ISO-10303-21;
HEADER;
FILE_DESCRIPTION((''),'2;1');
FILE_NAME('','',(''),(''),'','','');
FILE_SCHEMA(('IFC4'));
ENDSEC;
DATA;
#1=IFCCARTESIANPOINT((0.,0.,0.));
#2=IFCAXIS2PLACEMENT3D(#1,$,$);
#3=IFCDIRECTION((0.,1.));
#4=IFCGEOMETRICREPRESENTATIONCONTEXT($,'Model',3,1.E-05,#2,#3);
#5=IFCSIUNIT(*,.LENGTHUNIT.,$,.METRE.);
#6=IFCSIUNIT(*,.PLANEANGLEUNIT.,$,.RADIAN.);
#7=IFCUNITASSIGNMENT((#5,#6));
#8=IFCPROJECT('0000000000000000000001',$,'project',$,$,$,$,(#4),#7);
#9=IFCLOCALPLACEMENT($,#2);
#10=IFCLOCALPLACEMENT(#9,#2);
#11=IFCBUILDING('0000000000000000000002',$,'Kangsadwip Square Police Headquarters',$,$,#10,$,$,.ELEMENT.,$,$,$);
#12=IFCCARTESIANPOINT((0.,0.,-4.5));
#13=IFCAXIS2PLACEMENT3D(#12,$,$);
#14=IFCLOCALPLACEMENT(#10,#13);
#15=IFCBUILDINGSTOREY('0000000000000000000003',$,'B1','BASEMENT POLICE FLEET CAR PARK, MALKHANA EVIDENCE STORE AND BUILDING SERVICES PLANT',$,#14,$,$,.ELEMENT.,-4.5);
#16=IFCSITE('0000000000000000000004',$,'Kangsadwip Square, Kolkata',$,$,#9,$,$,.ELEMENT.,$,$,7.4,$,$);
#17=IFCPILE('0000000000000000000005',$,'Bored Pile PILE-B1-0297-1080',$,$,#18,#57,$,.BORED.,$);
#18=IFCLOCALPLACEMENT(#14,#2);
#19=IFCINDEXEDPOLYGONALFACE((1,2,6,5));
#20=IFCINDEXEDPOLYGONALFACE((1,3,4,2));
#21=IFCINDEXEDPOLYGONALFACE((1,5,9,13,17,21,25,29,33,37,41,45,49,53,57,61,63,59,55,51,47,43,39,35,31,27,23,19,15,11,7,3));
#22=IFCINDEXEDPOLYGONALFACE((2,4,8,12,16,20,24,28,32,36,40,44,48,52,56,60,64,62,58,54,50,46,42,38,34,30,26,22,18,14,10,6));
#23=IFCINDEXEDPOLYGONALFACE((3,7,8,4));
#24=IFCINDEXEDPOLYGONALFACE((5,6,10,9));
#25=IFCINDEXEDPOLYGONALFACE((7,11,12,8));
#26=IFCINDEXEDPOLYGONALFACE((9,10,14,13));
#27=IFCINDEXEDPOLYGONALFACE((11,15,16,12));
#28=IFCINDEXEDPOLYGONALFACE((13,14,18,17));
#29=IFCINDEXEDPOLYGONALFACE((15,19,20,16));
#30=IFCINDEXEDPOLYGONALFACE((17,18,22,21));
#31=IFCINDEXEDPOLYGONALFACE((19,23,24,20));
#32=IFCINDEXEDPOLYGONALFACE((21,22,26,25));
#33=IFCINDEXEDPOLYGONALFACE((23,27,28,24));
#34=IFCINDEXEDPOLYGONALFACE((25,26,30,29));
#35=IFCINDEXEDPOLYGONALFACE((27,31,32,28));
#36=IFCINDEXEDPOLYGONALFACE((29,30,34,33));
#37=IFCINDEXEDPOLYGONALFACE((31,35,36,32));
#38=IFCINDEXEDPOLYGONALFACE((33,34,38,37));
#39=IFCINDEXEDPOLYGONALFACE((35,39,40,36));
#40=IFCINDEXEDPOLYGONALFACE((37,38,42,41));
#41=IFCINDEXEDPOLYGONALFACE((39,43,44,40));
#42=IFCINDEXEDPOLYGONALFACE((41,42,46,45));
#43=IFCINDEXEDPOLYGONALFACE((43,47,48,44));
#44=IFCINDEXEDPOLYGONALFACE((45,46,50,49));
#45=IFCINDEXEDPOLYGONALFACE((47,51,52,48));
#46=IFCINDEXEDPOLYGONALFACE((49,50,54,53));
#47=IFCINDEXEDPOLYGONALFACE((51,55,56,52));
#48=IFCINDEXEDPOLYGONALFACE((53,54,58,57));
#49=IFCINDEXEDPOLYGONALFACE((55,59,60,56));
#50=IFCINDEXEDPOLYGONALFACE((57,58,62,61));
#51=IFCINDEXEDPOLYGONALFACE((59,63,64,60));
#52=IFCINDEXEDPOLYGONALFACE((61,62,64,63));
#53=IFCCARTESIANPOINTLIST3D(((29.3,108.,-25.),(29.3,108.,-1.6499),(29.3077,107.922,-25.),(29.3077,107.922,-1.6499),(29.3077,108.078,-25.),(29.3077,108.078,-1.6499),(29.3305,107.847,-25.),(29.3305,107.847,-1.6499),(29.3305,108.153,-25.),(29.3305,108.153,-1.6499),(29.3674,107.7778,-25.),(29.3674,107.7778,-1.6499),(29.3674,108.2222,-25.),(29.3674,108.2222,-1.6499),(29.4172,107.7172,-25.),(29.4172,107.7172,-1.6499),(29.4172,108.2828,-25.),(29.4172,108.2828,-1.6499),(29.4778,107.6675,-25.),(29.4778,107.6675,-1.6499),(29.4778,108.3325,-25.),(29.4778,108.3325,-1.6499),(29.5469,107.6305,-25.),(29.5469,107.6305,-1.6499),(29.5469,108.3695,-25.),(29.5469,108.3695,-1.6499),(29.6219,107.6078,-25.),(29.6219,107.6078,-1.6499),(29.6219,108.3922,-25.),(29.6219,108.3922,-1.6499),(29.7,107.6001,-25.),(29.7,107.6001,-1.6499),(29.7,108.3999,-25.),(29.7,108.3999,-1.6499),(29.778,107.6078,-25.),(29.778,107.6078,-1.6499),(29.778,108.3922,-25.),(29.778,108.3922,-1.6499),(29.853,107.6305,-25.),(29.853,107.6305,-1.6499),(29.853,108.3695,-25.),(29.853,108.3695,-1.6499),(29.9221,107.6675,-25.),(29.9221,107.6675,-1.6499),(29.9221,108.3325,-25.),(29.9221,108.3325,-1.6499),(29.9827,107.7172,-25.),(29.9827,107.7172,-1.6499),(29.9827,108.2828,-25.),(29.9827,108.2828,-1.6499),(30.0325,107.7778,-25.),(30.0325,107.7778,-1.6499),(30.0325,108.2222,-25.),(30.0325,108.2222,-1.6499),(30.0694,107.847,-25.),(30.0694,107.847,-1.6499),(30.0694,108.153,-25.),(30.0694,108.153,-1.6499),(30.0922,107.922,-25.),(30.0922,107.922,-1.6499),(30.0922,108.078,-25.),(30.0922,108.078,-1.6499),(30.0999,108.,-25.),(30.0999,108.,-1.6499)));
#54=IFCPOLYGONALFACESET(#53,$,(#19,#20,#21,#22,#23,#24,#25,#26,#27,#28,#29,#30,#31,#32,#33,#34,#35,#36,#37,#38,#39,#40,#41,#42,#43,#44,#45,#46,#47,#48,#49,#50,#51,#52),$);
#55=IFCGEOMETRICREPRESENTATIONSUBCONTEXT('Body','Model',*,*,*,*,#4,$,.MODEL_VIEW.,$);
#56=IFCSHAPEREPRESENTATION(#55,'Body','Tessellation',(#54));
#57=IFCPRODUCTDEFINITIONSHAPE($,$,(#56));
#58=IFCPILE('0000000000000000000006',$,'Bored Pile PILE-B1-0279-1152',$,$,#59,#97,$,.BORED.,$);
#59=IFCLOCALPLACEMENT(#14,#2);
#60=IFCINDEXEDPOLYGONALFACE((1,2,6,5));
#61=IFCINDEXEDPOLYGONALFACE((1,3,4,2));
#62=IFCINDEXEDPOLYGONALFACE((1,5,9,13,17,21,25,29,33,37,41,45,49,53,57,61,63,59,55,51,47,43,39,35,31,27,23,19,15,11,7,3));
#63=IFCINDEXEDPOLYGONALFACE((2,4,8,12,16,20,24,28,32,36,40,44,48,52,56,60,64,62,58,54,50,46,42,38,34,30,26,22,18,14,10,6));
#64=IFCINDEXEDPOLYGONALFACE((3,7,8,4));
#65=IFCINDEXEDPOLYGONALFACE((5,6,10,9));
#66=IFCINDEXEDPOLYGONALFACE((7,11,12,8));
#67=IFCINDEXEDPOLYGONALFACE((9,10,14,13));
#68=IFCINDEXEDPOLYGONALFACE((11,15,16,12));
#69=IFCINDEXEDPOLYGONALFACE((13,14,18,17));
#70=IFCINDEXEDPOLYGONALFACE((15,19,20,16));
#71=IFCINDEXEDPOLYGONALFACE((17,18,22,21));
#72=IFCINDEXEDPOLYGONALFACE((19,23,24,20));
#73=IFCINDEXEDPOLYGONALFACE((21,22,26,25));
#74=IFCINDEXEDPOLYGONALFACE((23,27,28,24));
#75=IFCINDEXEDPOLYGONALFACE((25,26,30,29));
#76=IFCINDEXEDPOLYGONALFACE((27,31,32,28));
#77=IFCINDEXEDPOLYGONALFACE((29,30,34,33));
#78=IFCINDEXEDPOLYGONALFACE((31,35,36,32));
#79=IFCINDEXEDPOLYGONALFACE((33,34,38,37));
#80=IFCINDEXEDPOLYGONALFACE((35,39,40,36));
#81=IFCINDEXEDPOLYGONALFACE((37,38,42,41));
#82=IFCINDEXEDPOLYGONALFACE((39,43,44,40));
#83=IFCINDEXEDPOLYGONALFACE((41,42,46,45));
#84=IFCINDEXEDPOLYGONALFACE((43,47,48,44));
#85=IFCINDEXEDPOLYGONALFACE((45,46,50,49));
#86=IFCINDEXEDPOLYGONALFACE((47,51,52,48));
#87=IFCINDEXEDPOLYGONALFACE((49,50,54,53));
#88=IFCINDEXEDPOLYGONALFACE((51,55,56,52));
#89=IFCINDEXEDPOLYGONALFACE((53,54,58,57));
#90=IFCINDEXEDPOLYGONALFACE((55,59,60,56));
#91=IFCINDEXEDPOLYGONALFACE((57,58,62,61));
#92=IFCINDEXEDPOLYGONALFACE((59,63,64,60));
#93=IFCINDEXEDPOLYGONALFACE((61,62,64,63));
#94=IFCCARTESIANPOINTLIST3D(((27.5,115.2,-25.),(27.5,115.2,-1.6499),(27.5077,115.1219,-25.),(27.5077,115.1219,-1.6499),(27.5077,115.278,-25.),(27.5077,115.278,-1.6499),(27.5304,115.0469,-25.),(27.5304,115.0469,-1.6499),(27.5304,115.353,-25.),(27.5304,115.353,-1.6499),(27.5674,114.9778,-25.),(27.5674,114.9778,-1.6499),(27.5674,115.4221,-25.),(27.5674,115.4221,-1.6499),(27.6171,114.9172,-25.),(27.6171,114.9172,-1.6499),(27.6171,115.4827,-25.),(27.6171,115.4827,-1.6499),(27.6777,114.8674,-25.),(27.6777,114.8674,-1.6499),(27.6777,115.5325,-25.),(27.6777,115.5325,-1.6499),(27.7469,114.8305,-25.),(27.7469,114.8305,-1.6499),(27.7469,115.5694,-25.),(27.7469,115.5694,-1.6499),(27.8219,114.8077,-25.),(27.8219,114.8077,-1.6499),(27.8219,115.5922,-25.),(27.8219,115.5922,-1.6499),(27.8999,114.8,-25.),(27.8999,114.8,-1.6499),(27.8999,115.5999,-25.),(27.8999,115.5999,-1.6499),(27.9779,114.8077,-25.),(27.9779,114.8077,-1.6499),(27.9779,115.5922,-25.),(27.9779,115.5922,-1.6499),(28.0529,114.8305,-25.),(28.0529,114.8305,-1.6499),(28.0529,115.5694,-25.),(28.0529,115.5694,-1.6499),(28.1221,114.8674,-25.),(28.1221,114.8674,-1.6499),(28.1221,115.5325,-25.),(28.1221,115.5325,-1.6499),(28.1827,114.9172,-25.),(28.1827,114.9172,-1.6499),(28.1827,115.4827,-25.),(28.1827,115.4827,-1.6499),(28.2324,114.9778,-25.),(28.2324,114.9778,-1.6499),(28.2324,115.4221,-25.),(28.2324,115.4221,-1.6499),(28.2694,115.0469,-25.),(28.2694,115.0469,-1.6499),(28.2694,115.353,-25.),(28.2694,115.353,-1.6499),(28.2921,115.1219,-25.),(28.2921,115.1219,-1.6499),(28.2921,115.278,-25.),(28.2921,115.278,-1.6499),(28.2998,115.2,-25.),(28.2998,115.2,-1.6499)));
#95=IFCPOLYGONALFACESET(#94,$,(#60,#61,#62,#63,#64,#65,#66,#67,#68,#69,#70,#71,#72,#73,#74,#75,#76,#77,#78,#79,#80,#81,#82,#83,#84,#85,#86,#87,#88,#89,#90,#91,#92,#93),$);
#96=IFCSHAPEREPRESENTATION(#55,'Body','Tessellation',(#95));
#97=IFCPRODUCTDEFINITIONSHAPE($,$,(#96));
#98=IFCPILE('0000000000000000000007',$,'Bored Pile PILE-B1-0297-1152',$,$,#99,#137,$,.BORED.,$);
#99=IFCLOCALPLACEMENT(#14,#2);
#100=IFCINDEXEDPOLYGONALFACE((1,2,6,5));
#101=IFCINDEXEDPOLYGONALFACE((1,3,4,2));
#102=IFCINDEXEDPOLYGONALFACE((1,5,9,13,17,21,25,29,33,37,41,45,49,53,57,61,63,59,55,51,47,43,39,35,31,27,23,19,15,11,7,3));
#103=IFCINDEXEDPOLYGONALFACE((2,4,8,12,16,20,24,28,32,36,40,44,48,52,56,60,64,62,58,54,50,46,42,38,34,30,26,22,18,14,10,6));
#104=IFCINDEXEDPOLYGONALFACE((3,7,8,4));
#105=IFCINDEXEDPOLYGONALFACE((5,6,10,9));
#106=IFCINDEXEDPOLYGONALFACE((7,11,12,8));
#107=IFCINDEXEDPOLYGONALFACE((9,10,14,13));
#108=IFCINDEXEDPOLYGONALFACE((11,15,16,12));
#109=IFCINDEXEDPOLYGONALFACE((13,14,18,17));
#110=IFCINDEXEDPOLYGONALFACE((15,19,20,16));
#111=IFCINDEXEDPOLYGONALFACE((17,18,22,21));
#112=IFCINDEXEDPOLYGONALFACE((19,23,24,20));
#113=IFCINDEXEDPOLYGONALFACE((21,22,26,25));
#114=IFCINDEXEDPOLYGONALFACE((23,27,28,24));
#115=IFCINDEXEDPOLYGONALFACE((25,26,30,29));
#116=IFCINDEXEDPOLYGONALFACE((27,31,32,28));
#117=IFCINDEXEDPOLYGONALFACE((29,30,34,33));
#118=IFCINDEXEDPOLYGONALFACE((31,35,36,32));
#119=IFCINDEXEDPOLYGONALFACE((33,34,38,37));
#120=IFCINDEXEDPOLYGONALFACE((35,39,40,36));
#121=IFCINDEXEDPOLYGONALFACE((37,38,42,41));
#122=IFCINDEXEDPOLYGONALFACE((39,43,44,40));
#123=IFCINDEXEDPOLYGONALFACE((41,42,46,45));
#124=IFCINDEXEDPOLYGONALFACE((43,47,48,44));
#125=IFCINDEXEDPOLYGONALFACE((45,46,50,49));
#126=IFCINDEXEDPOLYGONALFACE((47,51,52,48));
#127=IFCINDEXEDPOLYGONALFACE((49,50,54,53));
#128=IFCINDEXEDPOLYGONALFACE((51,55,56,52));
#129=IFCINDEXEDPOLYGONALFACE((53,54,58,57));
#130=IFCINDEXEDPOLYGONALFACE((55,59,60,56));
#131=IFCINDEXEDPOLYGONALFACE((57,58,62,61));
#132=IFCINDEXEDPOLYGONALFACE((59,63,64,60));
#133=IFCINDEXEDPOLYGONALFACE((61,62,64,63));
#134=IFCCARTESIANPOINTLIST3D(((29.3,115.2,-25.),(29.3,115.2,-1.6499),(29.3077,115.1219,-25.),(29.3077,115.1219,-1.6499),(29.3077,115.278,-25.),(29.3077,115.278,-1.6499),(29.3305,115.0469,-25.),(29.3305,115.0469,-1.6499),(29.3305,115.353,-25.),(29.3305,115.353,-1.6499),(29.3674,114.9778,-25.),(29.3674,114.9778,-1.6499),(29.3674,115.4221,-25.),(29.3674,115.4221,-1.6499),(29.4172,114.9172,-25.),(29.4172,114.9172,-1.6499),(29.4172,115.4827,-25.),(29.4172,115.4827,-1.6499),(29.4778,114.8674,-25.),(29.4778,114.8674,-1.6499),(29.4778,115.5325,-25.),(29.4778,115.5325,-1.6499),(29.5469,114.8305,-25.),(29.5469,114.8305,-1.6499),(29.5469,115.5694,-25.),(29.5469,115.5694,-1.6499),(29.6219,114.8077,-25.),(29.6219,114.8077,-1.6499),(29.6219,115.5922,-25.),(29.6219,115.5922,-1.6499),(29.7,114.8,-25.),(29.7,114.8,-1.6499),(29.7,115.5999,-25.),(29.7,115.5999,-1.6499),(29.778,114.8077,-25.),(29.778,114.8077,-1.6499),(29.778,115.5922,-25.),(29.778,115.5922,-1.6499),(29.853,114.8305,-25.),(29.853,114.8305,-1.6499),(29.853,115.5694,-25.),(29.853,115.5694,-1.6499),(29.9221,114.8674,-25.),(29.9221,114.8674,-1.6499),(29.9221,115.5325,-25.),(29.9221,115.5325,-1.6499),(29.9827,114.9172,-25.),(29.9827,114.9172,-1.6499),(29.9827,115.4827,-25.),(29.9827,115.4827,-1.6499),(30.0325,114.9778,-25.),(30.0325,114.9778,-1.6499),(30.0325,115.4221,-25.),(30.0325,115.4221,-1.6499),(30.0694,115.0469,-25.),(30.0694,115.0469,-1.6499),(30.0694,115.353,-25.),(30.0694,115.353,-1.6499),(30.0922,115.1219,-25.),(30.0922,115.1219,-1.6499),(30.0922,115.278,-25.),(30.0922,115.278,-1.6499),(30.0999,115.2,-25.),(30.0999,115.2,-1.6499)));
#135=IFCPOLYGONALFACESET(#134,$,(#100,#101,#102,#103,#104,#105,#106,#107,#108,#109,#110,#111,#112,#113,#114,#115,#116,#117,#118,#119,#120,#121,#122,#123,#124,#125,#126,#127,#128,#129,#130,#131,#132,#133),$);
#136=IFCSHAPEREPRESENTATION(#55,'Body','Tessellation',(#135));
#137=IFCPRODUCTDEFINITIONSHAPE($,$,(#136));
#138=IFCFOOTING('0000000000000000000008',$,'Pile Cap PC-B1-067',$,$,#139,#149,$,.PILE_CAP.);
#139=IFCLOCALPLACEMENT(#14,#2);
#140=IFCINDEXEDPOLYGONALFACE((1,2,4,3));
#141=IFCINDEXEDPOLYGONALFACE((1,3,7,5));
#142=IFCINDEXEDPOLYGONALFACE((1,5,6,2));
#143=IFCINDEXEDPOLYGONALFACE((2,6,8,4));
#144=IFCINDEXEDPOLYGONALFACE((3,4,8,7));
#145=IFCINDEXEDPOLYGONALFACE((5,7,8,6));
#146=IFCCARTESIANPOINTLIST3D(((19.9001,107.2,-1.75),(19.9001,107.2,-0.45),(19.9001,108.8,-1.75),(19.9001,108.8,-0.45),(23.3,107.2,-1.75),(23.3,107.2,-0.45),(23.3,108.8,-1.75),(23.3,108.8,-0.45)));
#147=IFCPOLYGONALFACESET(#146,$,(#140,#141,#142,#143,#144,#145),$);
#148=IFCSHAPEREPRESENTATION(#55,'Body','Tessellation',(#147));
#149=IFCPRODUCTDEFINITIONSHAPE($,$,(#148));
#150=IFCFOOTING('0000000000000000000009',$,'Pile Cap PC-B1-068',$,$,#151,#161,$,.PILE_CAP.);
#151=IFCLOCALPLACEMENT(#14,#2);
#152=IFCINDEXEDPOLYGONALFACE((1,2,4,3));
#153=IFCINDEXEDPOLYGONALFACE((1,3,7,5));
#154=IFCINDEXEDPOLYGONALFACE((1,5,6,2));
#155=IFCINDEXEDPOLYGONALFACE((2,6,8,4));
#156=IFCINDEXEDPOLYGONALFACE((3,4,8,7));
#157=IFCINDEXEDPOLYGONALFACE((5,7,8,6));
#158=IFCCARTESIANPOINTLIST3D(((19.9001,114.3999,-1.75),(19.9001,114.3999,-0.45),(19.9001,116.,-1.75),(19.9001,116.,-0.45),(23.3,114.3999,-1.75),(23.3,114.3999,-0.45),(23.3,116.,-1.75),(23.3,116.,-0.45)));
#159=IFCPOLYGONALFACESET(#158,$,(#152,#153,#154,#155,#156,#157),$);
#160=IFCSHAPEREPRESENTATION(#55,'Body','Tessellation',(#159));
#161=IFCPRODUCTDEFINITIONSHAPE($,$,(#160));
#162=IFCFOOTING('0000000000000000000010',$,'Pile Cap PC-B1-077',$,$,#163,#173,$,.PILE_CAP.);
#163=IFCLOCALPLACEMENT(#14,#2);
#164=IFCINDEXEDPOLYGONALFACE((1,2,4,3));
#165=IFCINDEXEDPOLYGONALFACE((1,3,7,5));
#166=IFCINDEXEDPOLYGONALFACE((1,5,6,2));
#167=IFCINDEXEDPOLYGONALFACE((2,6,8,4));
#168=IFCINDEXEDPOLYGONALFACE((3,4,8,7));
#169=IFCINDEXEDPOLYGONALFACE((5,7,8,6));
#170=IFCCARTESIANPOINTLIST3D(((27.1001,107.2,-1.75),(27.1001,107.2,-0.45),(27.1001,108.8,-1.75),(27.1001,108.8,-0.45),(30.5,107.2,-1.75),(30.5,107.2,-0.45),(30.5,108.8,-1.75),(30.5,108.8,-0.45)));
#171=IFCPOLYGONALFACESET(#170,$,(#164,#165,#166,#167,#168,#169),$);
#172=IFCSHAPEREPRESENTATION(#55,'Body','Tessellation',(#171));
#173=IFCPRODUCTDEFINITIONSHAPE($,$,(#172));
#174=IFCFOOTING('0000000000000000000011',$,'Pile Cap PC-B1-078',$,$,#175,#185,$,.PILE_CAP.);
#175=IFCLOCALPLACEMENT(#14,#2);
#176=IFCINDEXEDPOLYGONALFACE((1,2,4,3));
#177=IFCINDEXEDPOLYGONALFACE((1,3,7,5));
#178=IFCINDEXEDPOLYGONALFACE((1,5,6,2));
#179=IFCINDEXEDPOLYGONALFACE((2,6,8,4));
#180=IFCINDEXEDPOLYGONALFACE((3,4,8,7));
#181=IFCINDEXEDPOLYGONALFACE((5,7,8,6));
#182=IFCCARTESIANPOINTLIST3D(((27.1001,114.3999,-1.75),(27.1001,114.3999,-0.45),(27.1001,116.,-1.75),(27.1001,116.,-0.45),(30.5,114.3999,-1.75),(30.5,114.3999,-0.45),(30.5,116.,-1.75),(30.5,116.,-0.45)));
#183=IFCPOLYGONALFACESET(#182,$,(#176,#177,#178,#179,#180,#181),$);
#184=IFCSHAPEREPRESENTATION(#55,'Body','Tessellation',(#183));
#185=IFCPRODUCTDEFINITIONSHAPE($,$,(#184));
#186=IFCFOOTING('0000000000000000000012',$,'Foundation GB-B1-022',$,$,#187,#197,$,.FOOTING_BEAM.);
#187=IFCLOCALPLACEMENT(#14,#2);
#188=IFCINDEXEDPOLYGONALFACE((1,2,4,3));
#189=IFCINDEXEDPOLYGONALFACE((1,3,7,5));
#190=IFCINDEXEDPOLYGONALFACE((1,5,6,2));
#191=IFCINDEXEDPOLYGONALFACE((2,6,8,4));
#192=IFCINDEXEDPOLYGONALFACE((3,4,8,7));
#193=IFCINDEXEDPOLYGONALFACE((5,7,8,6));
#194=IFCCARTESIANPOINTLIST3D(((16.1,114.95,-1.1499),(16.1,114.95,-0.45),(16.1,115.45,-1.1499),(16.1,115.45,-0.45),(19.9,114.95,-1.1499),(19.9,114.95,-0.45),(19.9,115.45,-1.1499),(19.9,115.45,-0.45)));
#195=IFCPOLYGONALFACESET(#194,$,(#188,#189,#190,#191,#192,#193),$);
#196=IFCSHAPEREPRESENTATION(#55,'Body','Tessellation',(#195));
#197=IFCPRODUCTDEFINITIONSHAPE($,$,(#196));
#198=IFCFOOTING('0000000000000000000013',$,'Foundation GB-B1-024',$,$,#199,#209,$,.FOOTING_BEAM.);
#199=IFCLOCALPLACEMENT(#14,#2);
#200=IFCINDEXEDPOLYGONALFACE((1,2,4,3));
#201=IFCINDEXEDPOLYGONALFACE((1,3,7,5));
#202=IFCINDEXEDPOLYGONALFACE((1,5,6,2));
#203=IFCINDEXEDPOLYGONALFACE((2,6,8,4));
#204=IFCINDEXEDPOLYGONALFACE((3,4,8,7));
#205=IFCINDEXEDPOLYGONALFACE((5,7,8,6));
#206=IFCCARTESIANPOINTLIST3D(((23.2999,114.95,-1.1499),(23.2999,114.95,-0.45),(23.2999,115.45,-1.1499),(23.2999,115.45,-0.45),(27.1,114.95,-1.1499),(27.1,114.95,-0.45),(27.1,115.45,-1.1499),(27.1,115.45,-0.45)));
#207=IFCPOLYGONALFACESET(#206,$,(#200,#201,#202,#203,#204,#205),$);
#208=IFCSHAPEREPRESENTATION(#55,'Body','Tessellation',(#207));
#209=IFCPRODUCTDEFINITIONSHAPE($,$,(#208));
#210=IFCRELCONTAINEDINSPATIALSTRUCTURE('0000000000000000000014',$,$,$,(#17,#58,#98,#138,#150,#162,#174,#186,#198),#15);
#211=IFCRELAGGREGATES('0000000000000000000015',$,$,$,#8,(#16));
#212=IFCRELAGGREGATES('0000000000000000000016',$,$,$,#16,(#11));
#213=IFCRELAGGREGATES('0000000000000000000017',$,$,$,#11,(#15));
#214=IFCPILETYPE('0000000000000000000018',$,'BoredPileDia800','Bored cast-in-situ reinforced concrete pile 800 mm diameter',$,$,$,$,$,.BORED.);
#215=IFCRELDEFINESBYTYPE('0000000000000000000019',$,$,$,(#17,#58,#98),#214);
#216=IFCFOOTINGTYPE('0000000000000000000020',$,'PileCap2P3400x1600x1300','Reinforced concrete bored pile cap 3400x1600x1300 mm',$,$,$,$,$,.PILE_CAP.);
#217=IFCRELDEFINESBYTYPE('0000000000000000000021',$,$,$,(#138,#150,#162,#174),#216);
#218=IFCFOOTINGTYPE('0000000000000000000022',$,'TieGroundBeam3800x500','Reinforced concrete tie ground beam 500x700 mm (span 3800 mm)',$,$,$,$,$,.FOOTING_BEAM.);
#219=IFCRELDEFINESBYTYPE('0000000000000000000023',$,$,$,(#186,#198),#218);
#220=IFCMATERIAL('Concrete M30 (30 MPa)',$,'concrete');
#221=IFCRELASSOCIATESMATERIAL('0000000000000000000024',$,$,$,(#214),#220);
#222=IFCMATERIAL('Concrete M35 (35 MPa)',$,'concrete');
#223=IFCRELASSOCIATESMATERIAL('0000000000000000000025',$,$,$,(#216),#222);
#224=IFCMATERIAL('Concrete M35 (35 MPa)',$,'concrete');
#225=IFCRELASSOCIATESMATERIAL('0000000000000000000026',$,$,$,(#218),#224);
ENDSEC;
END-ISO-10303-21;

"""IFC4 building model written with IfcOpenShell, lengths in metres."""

from ifc_helpers import new_model, si_unit, direction, frame, origin, origin_2d, place, context, subcontext, project, spatial, rectangle, circle, extrude, material, material_profile, profile_set, type_object, element, save


model = new_model("IFC4")

# Units and contexts
model_context = context("Model", 3, precision=1e-05, world=origin(), true_north=direction((0.0, 1.0)))
body_context = subcontext(model_context, "Body", "Model", "MODEL_VIEW")
ifc_project = project(units=[si_unit("LENGTHUNIT", "METRE"), si_unit("PLANEANGLEUNIT", "RADIAN")], contexts=[model_context])

# Site, building, storey
site_placement = place(None, origin())
site = spatial("IfcSite", under=ifc_project, at=site_placement, Name="Kangsadwip Square, Kolkata", CompositionType="ELEMENT", RefElevation=7.4)
building_placement = place(site_placement, origin())
building = spatial("IfcBuilding", under=site, at=building_placement, Name="Kangsadwip Square Police Headquarters", CompositionType="ELEMENT")
storey_placement = place(building_placement, frame((0.0, 0.0, -4.5)))
storey = spatial("IfcBuildingStorey", under=building, at=storey_placement, Name="B1", Description="BASEMENT POLICE FLEET CAR PARK, MALKHANA EVIDENCE STORE AND BUILDING SERVICES PLANT", CompositionType="ELEMENT", Elevation=-4.5)

# Piles
ifc_material_1 = material(Name="Concrete M30 (30 MPa)", Category="concrete")
ifc_material_profile_1 = material_profile(ifc_material_1, circle(Radius=0.3999, at=origin_2d()), Name="PILE DIA 800")
ifc_profile_set_1 = profile_set([ifc_material_profile_1], Name="Concrete M30 (30 MPa)")
pile_type = type_object("IfcPileType", Name="BoredPileDia800", Description="Bored cast-in-situ reinforced concrete pile 800 mm diameter", PredefinedType="BORED", material=ifc_profile_set_1)
for number, where, z_axis, x_axis, name in (
    (1, (29.7, 108.0, -1.6499), (0.0, 0.0, -1.0), (1.0, 0.0, 0.0), "Bored Pile PILE-B1-0297-1080"),
    (2, (27.8999, 115.2, -1.6499), (0.0, 0.0, -1.0), (1.0, 0.0, 0.0), "Bored Pile PILE-B1-0279-1152"),
    (3, (29.7, 115.2, -1.6499), (0.0, 0.0, -1.0), (1.0, 0.0, 0.0), "Bored Pile PILE-B1-0297-1152"),
):
    element("IfcPile", number, at=place(storey_placement, frame(where, z_axis=z_axis, x_axis=x_axis)), inside=storey, type_object=pile_type, Name=name, PredefinedType="BORED", context=body_context, shape_type="SweptSolid", body=[
        extrude(circle(Radius=0.3999, at=origin_2d()), origin(), (0.0, 0.0, 1.0), 23.3501),
    ])

# Footings
ifc_material_2 = material(Name="Concrete M35 (35 MPa)", Category="concrete")
footing_type_1 = type_object("IfcFootingType", Name="PileCap2P3400x1600x1300", Description="Reinforced concrete bored pile cap 3400x1600x1300 mm", PredefinedType="PILE_CAP", material=ifc_material_2)
for number, where, z_axis, x_axis, name in (
    (4, (21.6001, 108.0, -1.75), (0.0, 0.0, 1.0), (1.0, 0.0, 0.0), "Pile Cap PC-B1-067"),
    (5, (21.6001, 115.2, -1.75), (0.0, 0.0, 1.0), (1.0, 0.0, 0.0), "Pile Cap PC-B1-068"),
    (6, (28.8, 108.0, -1.75), (0.0, 0.0, 1.0), (1.0, 0.0, 0.0), "Pile Cap PC-B1-077"),
    (7, (28.8, 115.2, -1.75), (0.0, 0.0, 1.0), (1.0, 0.0, 0.0), "Pile Cap PC-B1-078"),
):
    element("IfcFooting", number, at=place(storey_placement, frame(where, z_axis=z_axis, x_axis=x_axis)), inside=storey, type_object=footing_type_1, Name=name, PredefinedType="PILE_CAP", context=body_context, shape_type="SweptSolid", body=[
        extrude(rectangle(XDim=3.3999, YDim=1.6001, at=origin_2d()), origin(), (0.0, 0.0, 1.0), 1.3),
    ])
ifc_material_3 = material(Name="Concrete M35 (35 MPa)", Category="concrete")
footing_type_2 = type_object("IfcFootingType", Name="TieGroundBeam3800x500", Description="Reinforced concrete tie ground beam 500x700 mm (span 3800 mm)", PredefinedType="FOOTING_BEAM", material=ifc_material_3)
for number, where, z_axis, x_axis, name in (
    (8, (18.0, 115.2, -1.1499), (0.0, 0.0, 1.0), (1.0, 0.0, 0.0), "Foundation GB-B1-022"),
    (9, (25.2, 115.2, -1.1499), (0.0, 0.0, 1.0), (1.0, 0.0, 0.0), "Foundation GB-B1-024"),
):
    element("IfcFooting", number, at=place(storey_placement, frame(where, z_axis=z_axis, x_axis=x_axis)), inside=storey, type_object=footing_type_2, Name=name, PredefinedType="FOOTING_BEAM", context=body_context, shape_type="SweptSolid", body=[
        extrude(rectangle(XDim=3.8, YDim=0.5, at=origin_2d()), origin(), (0.0, 0.0, 1.0), 0.7),
    ])

save(model, "model.ifc")
